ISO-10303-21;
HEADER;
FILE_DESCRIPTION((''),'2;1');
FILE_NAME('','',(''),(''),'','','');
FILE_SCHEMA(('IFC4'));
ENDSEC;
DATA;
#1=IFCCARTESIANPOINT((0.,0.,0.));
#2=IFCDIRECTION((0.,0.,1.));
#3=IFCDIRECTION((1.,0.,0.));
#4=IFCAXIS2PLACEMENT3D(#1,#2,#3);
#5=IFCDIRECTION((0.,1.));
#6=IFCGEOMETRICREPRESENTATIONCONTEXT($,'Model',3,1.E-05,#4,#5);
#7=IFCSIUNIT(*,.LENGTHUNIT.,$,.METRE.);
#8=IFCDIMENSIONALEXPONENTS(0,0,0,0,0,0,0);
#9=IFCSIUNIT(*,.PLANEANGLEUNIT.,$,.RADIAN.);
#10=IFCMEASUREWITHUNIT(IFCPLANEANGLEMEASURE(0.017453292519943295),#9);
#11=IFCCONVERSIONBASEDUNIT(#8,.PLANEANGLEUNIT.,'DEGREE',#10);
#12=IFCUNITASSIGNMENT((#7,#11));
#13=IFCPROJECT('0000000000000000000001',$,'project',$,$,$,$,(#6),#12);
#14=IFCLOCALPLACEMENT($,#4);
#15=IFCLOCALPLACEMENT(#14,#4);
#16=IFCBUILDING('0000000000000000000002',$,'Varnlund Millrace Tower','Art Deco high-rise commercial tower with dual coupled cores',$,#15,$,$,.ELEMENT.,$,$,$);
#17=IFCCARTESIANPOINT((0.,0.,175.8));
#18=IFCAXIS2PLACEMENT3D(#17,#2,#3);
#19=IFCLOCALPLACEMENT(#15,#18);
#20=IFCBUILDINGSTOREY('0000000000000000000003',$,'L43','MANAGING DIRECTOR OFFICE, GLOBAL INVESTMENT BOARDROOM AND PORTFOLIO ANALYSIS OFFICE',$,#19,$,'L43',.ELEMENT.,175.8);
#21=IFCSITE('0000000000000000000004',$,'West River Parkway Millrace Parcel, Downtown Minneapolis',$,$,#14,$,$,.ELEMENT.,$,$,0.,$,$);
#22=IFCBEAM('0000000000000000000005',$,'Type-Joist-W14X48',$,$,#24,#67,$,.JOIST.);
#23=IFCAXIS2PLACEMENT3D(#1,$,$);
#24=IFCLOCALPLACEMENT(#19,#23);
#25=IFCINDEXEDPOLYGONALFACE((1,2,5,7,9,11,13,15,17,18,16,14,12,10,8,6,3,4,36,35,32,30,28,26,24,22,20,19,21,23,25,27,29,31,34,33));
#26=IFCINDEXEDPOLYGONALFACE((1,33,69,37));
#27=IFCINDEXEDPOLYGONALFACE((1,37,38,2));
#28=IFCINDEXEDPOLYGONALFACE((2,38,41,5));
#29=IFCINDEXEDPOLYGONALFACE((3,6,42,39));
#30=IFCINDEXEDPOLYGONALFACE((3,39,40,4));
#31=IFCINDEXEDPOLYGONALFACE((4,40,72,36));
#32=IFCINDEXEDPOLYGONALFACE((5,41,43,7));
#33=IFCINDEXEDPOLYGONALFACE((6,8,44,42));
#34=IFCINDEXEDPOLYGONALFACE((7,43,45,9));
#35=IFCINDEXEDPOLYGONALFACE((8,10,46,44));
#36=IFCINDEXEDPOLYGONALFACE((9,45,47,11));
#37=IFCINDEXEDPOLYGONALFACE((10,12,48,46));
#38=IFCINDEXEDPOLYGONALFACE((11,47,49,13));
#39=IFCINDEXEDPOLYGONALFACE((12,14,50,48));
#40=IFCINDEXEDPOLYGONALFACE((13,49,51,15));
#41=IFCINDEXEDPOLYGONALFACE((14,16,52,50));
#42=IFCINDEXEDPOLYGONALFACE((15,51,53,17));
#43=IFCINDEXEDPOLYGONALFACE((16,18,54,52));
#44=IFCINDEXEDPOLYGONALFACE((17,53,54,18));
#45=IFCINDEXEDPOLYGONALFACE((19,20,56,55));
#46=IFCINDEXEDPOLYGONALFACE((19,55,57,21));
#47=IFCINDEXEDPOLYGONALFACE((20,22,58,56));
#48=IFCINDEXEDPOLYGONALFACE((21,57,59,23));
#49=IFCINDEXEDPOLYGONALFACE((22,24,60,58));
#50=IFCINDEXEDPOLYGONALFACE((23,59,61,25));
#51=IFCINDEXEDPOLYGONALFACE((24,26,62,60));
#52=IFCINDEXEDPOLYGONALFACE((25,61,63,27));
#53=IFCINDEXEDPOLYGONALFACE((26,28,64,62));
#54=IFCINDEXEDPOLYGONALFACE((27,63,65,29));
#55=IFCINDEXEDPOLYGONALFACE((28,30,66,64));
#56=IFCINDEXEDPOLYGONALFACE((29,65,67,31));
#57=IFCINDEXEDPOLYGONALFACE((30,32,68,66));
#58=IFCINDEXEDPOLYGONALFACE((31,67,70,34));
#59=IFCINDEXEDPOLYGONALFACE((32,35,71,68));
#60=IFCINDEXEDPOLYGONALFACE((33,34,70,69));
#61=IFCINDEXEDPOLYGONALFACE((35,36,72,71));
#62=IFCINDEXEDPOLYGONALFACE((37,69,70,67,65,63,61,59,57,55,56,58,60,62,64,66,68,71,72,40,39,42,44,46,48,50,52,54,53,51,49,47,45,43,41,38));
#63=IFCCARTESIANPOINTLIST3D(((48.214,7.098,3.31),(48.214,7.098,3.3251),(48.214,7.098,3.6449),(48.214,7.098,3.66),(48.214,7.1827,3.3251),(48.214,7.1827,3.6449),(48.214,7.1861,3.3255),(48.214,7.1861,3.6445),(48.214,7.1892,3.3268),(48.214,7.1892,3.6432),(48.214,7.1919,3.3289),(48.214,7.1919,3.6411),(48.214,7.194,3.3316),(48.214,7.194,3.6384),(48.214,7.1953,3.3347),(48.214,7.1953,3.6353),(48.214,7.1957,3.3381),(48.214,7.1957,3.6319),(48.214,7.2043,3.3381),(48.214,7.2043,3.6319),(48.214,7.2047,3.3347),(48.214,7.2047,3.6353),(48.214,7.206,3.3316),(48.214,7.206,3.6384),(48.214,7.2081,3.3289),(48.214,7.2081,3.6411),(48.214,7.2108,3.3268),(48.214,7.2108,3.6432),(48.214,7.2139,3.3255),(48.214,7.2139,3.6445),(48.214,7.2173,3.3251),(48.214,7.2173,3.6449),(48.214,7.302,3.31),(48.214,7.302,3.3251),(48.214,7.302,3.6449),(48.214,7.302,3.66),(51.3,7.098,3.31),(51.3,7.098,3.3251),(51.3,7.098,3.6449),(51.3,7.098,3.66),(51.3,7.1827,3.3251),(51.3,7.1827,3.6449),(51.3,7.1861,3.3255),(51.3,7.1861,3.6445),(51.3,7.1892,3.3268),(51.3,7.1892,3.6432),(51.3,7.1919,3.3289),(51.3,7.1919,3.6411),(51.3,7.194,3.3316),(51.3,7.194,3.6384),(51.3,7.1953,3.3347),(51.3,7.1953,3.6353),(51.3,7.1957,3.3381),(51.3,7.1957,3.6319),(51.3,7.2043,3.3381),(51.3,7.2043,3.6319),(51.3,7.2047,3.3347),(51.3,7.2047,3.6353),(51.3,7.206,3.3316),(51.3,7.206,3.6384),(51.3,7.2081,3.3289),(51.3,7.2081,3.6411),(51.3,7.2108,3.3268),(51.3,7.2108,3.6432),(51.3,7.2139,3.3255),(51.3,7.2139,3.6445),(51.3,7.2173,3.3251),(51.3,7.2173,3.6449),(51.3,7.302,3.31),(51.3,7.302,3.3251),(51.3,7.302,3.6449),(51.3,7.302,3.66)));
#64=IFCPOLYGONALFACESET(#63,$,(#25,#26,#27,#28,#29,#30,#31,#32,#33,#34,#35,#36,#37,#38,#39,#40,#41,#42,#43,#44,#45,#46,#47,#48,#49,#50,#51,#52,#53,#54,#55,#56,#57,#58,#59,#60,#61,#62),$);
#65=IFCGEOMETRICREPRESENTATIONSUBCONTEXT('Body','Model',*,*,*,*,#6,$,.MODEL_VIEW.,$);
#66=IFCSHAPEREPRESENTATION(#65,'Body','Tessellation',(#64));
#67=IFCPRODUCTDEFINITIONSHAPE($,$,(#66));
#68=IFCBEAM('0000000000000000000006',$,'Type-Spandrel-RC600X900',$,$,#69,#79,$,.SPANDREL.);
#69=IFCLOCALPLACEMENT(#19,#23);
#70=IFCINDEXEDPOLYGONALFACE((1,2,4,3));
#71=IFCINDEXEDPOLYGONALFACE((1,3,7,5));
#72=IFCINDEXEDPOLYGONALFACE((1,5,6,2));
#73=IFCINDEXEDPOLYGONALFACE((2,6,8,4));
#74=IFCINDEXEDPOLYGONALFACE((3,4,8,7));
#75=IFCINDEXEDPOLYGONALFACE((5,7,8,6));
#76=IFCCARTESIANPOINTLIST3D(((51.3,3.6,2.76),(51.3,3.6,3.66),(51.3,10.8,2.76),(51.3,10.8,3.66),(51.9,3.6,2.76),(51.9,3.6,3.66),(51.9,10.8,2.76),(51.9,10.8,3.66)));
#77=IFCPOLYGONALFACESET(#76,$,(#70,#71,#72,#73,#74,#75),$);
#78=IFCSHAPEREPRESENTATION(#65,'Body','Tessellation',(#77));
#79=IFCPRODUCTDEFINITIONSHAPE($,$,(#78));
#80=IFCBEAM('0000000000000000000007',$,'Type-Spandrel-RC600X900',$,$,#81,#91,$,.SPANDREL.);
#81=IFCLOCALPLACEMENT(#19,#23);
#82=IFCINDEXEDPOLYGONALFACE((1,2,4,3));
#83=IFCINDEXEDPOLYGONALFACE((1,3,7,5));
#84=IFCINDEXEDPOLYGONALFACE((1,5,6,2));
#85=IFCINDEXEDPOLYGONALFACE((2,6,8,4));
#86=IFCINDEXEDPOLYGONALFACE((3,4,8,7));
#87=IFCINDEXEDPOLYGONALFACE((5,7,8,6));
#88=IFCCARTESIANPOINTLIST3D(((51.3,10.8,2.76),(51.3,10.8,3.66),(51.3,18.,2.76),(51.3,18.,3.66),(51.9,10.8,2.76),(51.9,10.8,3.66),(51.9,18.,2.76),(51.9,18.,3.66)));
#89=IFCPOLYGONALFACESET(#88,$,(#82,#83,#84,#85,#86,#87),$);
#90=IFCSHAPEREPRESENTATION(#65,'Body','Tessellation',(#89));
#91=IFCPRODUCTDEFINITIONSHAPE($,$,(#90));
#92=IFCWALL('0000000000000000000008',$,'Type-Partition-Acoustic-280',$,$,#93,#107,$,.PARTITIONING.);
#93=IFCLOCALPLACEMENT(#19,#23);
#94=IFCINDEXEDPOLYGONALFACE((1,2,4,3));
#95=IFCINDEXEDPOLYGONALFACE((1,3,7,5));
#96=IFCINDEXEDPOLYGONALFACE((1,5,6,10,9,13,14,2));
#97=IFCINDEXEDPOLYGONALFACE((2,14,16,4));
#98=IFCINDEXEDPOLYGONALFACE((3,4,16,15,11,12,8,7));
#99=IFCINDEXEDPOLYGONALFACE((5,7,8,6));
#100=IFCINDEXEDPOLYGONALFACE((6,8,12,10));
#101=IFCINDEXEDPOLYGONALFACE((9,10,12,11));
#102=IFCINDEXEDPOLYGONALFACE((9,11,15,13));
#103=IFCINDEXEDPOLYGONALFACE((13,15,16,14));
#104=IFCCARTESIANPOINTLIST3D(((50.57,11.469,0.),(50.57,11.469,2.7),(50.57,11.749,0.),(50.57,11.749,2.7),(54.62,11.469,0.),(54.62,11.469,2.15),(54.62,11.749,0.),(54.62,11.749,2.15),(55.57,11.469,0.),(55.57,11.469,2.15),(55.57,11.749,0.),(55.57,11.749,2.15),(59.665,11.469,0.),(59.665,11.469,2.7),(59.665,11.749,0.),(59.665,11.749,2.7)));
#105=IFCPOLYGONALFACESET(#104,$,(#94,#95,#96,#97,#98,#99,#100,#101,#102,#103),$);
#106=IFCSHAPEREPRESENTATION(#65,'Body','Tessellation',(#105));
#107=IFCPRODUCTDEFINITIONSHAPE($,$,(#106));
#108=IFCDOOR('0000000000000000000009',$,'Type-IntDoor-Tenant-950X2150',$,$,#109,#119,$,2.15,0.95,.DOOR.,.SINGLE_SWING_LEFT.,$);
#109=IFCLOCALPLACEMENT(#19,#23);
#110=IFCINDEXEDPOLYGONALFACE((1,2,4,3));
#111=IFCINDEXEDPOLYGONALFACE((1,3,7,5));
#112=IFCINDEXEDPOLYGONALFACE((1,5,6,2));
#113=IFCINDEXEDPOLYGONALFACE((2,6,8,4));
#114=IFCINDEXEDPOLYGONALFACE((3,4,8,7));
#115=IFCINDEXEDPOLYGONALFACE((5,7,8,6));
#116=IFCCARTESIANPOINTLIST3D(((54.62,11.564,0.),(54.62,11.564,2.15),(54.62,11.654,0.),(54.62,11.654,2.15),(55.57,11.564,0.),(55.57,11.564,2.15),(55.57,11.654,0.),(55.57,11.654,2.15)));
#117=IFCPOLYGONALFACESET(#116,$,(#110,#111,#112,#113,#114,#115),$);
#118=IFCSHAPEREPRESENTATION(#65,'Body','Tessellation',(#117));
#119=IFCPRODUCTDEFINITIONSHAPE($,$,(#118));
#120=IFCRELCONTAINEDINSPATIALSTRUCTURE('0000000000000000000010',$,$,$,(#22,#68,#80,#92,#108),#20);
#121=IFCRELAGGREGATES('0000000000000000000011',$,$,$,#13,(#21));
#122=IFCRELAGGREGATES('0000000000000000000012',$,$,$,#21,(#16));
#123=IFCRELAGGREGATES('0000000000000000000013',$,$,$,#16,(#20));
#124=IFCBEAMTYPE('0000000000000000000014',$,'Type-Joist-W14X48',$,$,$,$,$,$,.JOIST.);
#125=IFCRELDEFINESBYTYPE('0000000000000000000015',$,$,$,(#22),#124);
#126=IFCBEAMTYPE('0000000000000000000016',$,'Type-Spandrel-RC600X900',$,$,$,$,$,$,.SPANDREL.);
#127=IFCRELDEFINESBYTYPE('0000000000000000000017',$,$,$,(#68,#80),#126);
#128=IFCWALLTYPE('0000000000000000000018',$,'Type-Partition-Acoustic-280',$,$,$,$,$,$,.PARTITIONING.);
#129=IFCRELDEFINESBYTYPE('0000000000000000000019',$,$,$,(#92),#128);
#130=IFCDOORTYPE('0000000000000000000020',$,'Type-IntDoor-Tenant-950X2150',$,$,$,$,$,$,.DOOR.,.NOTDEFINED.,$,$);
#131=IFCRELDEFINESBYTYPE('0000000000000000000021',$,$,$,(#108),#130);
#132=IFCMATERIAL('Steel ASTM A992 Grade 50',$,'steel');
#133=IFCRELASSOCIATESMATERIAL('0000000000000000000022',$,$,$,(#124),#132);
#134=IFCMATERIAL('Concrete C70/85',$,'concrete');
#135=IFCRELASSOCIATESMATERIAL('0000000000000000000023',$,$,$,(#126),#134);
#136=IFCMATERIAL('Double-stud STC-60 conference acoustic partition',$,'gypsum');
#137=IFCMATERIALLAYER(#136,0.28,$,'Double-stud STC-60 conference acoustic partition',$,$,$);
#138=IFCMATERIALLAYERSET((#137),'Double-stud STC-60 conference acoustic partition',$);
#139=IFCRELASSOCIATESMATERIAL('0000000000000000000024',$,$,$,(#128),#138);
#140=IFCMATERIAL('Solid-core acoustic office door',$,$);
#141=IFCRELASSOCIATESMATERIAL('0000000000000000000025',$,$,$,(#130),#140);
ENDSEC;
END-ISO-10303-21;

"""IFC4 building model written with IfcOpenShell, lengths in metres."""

from ifc_helpers import new_model, entity, si_unit, converted_unit, direction, frame, origin_with_axes, origin_2d_with_axis, place, context, subcontext, project, spatial, polyline, rectangle, i_section, outline, extrude, material, layer, layer_set, material_profile, profile_set, type_object, element, fill, save


model = new_model("IFC4")

# Units and contexts
model_context = context("Model", 3, precision=1e-05, world=origin_with_axes(), true_north=direction((0.0, 1.0)))
body_context = subcontext(model_context, "Body", "Model", "MODEL_VIEW")
ifc_project = project(units=[si_unit("LENGTHUNIT", "METRE"), converted_unit("PLANEANGLEUNIT", "DEGREE", entity("IfcPlaneAngleMeasure", 0.017453292519943295), si_unit("PLANEANGLEUNIT", "RADIAN"), dimensions=[0, 0, 0, 0, 0, 0, 0])], contexts=[model_context])

# Site, building, storey
site_placement = place(None, origin_with_axes())
site = spatial("IfcSite", under=ifc_project, at=site_placement, Name="West River Parkway Millrace Parcel, Downtown Minneapolis", CompositionType="ELEMENT", RefElevation=0.0)
building_placement = place(site_placement, origin_with_axes())
building = spatial("IfcBuilding", under=site, at=building_placement, Name="Varnlund Millrace Tower", Description="Art Deco high-rise commercial tower with dual coupled cores", CompositionType="ELEMENT")
storey_placement = place(building_placement, frame((0.0, 0.0, 175.8), z_axis=(0.0, 0.0, 1.0), x_axis=(1.0, 0.0, 0.0)))
storey = spatial("IfcBuildingStorey", under=building, at=storey_placement, Name="L43", Description="MANAGING DIRECTOR OFFICE, GLOBAL INVESTMENT BOARDROOM AND PORTFOLIO ANALYSIS OFFICE", LongName="L43", CompositionType="ELEMENT", Elevation=175.8)

# Beams
ifc_material_1 = material(Name="Steel ASTM A992 Grade 50", Category="steel")
ifc_material_profile_1 = material_profile(ifc_material_1, i_section(OverallWidth=0.204, OverallDepth=0.35, WebThickness=0.0086, FlangeThickness=0.0151, FilletRadius=0.013, at=origin_2d_with_axis()), Name="Steel ASTM A992 Grade 50")
ifc_profile_set_1 = profile_set([ifc_material_profile_1], Name="Steel ASTM A992 Grade 50")
beam_type_1 = type_object("IfcBeamType", Name="Type-Joist-W14X48", PredefinedType="JOIST", material=ifc_profile_set_1)
beam_1_placement = place(storey_placement, frame((48.214, 7.2, 3.485), z_axis=(1.0, 0.0, 0.0), x_axis=(0.0, 1.0, 0.0)))
element("IfcBeam", 1, at=beam_1_placement, inside=storey, type_object=beam_type_1, Name="Type-Joist-W14X48", PredefinedType="JOIST", context=body_context, shape_type="SweptSolid", body=[
    extrude(i_section(OverallWidth=0.204, OverallDepth=0.35, WebThickness=0.0086, FlangeThickness=0.0151, FilletRadius=0.013, at=origin_2d_with_axis()), origin_with_axes(), (0.0, 0.0, 1.0), 3.086),
])
ifc_material_2 = material(Name="Concrete C70/85", Category="concrete")
ifc_material_profile_2 = material_profile(ifc_material_2, rectangle(XDim=0.6, YDim=0.9, at=origin_2d_with_axis()), Name="Concrete C70/85")
ifc_profile_set_2 = profile_set([ifc_material_profile_2], Name="Concrete C70/85")
beam_type_2 = type_object("IfcBeamType", Name="Type-Spandrel-RC600X900", PredefinedType="SPANDREL", material=ifc_profile_set_2)
for number, where, z_axis, x_axis, name in (
    (2, (51.6, 3.6, 3.21), (0.0, 1.0, 0.0), (-1.0, 0.0, 0.0), "Type-Spandrel-RC600X900"),
    (3, (51.6, 10.8, 3.21), (0.0, 1.0, 0.0), (-1.0, 0.0, 0.0), "Type-Spandrel-RC600X900"),
):
    element("IfcBeam", number, at=place(storey_placement, frame(where, z_axis=z_axis, x_axis=x_axis)), inside=storey, type_object=beam_type_2, Name=name, PredefinedType="SPANDREL", context=body_context, shape_type="SweptSolid", body=[
        extrude(rectangle(XDim=0.6, YDim=0.9, at=origin_2d_with_axis()), origin_with_axes(), (0.0, 0.0, 1.0), 7.2),
    ])

# Wall, opening, door
ifc_material_3 = material(Name="Double-stud STC-60 conference acoustic partition", Category="gypsum")
ifc_layer_1 = layer(ifc_material_3, 0.28, Name="Double-stud STC-60 conference acoustic partition")
ifc_layer_set_1 = layer_set([ifc_layer_1], Name="Double-stud STC-60 conference acoustic partition")
wall_type_1 = type_object("IfcWallType", Name="Type-Partition-Acoustic-280", PredefinedType="PARTITIONING", material=ifc_layer_set_1)
wall_1_placement = place(storey_placement, frame((50.57, 11.609, 0.0), z_axis=(0.0, 0.0, 1.0), x_axis=(1.0, 0.0, 0.0)))
wall_1 = element("IfcWall", 4, at=wall_1_placement, inside=storey, type_object=wall_type_1, Name="Type-Partition-Acoustic-280", PredefinedType="PARTITIONING", context=body_context, shape_type="SweptSolid", body=[
    extrude(outline(polyline([(0.0, -0.14), (9.095, -0.14), (9.095, 0.14), (0.0, 0.14), (0.0, -0.14)])), origin_with_axes(), (0.0, 0.0, 1.0), 2.7),
])
opening_1_placement = place(wall_1_placement, frame((4.525, 0.0, 0.0), z_axis=(0.0, 0.0, 1.0), x_axis=(1.0, 0.0, 0.0)))
opening_1 = element("IfcOpeningElement", 5, at=opening_1_placement, cuts=wall_1, PredefinedType="OPENING", context=body_context, shape_type="SweptSolid", body=[
    extrude(rectangle(XDim=0.95, YDim=0.3, at=origin_2d_with_axis()), origin_with_axes(), (0.0, 0.0, 1.0), 2.15),
])
ifc_material_4 = material(Name="Solid-core acoustic office door")
door_type_1 = type_object("IfcDoorType", Name="Type-IntDoor-Tenant-950X2150", OperationType="NOTDEFINED", PredefinedType="DOOR", material=ifc_material_4)
door_1_placement = place(wall_1_placement, frame((4.525, 0.0, 0.0), z_axis=(0.0, 0.0, 1.0), x_axis=(1.0, 0.0, 0.0)))
door_1 = element("IfcDoor", 6, at=door_1_placement, inside=storey, type_object=door_type_1, Name="Type-IntDoor-Tenant-950X2150", OperationType="SINGLE_SWING_LEFT", OverallHeight=2.15, OverallWidth=0.95, PredefinedType="DOOR", context=body_context, shape_type="SweptSolid", body=[
    extrude(rectangle(XDim=0.95, YDim=0.09, at=origin_2d_with_axis()), origin_with_axes(), (0.0, 0.0, 1.0), 2.15),
])
fill(opening_1, door_1)

save(model, "model.ifc")
